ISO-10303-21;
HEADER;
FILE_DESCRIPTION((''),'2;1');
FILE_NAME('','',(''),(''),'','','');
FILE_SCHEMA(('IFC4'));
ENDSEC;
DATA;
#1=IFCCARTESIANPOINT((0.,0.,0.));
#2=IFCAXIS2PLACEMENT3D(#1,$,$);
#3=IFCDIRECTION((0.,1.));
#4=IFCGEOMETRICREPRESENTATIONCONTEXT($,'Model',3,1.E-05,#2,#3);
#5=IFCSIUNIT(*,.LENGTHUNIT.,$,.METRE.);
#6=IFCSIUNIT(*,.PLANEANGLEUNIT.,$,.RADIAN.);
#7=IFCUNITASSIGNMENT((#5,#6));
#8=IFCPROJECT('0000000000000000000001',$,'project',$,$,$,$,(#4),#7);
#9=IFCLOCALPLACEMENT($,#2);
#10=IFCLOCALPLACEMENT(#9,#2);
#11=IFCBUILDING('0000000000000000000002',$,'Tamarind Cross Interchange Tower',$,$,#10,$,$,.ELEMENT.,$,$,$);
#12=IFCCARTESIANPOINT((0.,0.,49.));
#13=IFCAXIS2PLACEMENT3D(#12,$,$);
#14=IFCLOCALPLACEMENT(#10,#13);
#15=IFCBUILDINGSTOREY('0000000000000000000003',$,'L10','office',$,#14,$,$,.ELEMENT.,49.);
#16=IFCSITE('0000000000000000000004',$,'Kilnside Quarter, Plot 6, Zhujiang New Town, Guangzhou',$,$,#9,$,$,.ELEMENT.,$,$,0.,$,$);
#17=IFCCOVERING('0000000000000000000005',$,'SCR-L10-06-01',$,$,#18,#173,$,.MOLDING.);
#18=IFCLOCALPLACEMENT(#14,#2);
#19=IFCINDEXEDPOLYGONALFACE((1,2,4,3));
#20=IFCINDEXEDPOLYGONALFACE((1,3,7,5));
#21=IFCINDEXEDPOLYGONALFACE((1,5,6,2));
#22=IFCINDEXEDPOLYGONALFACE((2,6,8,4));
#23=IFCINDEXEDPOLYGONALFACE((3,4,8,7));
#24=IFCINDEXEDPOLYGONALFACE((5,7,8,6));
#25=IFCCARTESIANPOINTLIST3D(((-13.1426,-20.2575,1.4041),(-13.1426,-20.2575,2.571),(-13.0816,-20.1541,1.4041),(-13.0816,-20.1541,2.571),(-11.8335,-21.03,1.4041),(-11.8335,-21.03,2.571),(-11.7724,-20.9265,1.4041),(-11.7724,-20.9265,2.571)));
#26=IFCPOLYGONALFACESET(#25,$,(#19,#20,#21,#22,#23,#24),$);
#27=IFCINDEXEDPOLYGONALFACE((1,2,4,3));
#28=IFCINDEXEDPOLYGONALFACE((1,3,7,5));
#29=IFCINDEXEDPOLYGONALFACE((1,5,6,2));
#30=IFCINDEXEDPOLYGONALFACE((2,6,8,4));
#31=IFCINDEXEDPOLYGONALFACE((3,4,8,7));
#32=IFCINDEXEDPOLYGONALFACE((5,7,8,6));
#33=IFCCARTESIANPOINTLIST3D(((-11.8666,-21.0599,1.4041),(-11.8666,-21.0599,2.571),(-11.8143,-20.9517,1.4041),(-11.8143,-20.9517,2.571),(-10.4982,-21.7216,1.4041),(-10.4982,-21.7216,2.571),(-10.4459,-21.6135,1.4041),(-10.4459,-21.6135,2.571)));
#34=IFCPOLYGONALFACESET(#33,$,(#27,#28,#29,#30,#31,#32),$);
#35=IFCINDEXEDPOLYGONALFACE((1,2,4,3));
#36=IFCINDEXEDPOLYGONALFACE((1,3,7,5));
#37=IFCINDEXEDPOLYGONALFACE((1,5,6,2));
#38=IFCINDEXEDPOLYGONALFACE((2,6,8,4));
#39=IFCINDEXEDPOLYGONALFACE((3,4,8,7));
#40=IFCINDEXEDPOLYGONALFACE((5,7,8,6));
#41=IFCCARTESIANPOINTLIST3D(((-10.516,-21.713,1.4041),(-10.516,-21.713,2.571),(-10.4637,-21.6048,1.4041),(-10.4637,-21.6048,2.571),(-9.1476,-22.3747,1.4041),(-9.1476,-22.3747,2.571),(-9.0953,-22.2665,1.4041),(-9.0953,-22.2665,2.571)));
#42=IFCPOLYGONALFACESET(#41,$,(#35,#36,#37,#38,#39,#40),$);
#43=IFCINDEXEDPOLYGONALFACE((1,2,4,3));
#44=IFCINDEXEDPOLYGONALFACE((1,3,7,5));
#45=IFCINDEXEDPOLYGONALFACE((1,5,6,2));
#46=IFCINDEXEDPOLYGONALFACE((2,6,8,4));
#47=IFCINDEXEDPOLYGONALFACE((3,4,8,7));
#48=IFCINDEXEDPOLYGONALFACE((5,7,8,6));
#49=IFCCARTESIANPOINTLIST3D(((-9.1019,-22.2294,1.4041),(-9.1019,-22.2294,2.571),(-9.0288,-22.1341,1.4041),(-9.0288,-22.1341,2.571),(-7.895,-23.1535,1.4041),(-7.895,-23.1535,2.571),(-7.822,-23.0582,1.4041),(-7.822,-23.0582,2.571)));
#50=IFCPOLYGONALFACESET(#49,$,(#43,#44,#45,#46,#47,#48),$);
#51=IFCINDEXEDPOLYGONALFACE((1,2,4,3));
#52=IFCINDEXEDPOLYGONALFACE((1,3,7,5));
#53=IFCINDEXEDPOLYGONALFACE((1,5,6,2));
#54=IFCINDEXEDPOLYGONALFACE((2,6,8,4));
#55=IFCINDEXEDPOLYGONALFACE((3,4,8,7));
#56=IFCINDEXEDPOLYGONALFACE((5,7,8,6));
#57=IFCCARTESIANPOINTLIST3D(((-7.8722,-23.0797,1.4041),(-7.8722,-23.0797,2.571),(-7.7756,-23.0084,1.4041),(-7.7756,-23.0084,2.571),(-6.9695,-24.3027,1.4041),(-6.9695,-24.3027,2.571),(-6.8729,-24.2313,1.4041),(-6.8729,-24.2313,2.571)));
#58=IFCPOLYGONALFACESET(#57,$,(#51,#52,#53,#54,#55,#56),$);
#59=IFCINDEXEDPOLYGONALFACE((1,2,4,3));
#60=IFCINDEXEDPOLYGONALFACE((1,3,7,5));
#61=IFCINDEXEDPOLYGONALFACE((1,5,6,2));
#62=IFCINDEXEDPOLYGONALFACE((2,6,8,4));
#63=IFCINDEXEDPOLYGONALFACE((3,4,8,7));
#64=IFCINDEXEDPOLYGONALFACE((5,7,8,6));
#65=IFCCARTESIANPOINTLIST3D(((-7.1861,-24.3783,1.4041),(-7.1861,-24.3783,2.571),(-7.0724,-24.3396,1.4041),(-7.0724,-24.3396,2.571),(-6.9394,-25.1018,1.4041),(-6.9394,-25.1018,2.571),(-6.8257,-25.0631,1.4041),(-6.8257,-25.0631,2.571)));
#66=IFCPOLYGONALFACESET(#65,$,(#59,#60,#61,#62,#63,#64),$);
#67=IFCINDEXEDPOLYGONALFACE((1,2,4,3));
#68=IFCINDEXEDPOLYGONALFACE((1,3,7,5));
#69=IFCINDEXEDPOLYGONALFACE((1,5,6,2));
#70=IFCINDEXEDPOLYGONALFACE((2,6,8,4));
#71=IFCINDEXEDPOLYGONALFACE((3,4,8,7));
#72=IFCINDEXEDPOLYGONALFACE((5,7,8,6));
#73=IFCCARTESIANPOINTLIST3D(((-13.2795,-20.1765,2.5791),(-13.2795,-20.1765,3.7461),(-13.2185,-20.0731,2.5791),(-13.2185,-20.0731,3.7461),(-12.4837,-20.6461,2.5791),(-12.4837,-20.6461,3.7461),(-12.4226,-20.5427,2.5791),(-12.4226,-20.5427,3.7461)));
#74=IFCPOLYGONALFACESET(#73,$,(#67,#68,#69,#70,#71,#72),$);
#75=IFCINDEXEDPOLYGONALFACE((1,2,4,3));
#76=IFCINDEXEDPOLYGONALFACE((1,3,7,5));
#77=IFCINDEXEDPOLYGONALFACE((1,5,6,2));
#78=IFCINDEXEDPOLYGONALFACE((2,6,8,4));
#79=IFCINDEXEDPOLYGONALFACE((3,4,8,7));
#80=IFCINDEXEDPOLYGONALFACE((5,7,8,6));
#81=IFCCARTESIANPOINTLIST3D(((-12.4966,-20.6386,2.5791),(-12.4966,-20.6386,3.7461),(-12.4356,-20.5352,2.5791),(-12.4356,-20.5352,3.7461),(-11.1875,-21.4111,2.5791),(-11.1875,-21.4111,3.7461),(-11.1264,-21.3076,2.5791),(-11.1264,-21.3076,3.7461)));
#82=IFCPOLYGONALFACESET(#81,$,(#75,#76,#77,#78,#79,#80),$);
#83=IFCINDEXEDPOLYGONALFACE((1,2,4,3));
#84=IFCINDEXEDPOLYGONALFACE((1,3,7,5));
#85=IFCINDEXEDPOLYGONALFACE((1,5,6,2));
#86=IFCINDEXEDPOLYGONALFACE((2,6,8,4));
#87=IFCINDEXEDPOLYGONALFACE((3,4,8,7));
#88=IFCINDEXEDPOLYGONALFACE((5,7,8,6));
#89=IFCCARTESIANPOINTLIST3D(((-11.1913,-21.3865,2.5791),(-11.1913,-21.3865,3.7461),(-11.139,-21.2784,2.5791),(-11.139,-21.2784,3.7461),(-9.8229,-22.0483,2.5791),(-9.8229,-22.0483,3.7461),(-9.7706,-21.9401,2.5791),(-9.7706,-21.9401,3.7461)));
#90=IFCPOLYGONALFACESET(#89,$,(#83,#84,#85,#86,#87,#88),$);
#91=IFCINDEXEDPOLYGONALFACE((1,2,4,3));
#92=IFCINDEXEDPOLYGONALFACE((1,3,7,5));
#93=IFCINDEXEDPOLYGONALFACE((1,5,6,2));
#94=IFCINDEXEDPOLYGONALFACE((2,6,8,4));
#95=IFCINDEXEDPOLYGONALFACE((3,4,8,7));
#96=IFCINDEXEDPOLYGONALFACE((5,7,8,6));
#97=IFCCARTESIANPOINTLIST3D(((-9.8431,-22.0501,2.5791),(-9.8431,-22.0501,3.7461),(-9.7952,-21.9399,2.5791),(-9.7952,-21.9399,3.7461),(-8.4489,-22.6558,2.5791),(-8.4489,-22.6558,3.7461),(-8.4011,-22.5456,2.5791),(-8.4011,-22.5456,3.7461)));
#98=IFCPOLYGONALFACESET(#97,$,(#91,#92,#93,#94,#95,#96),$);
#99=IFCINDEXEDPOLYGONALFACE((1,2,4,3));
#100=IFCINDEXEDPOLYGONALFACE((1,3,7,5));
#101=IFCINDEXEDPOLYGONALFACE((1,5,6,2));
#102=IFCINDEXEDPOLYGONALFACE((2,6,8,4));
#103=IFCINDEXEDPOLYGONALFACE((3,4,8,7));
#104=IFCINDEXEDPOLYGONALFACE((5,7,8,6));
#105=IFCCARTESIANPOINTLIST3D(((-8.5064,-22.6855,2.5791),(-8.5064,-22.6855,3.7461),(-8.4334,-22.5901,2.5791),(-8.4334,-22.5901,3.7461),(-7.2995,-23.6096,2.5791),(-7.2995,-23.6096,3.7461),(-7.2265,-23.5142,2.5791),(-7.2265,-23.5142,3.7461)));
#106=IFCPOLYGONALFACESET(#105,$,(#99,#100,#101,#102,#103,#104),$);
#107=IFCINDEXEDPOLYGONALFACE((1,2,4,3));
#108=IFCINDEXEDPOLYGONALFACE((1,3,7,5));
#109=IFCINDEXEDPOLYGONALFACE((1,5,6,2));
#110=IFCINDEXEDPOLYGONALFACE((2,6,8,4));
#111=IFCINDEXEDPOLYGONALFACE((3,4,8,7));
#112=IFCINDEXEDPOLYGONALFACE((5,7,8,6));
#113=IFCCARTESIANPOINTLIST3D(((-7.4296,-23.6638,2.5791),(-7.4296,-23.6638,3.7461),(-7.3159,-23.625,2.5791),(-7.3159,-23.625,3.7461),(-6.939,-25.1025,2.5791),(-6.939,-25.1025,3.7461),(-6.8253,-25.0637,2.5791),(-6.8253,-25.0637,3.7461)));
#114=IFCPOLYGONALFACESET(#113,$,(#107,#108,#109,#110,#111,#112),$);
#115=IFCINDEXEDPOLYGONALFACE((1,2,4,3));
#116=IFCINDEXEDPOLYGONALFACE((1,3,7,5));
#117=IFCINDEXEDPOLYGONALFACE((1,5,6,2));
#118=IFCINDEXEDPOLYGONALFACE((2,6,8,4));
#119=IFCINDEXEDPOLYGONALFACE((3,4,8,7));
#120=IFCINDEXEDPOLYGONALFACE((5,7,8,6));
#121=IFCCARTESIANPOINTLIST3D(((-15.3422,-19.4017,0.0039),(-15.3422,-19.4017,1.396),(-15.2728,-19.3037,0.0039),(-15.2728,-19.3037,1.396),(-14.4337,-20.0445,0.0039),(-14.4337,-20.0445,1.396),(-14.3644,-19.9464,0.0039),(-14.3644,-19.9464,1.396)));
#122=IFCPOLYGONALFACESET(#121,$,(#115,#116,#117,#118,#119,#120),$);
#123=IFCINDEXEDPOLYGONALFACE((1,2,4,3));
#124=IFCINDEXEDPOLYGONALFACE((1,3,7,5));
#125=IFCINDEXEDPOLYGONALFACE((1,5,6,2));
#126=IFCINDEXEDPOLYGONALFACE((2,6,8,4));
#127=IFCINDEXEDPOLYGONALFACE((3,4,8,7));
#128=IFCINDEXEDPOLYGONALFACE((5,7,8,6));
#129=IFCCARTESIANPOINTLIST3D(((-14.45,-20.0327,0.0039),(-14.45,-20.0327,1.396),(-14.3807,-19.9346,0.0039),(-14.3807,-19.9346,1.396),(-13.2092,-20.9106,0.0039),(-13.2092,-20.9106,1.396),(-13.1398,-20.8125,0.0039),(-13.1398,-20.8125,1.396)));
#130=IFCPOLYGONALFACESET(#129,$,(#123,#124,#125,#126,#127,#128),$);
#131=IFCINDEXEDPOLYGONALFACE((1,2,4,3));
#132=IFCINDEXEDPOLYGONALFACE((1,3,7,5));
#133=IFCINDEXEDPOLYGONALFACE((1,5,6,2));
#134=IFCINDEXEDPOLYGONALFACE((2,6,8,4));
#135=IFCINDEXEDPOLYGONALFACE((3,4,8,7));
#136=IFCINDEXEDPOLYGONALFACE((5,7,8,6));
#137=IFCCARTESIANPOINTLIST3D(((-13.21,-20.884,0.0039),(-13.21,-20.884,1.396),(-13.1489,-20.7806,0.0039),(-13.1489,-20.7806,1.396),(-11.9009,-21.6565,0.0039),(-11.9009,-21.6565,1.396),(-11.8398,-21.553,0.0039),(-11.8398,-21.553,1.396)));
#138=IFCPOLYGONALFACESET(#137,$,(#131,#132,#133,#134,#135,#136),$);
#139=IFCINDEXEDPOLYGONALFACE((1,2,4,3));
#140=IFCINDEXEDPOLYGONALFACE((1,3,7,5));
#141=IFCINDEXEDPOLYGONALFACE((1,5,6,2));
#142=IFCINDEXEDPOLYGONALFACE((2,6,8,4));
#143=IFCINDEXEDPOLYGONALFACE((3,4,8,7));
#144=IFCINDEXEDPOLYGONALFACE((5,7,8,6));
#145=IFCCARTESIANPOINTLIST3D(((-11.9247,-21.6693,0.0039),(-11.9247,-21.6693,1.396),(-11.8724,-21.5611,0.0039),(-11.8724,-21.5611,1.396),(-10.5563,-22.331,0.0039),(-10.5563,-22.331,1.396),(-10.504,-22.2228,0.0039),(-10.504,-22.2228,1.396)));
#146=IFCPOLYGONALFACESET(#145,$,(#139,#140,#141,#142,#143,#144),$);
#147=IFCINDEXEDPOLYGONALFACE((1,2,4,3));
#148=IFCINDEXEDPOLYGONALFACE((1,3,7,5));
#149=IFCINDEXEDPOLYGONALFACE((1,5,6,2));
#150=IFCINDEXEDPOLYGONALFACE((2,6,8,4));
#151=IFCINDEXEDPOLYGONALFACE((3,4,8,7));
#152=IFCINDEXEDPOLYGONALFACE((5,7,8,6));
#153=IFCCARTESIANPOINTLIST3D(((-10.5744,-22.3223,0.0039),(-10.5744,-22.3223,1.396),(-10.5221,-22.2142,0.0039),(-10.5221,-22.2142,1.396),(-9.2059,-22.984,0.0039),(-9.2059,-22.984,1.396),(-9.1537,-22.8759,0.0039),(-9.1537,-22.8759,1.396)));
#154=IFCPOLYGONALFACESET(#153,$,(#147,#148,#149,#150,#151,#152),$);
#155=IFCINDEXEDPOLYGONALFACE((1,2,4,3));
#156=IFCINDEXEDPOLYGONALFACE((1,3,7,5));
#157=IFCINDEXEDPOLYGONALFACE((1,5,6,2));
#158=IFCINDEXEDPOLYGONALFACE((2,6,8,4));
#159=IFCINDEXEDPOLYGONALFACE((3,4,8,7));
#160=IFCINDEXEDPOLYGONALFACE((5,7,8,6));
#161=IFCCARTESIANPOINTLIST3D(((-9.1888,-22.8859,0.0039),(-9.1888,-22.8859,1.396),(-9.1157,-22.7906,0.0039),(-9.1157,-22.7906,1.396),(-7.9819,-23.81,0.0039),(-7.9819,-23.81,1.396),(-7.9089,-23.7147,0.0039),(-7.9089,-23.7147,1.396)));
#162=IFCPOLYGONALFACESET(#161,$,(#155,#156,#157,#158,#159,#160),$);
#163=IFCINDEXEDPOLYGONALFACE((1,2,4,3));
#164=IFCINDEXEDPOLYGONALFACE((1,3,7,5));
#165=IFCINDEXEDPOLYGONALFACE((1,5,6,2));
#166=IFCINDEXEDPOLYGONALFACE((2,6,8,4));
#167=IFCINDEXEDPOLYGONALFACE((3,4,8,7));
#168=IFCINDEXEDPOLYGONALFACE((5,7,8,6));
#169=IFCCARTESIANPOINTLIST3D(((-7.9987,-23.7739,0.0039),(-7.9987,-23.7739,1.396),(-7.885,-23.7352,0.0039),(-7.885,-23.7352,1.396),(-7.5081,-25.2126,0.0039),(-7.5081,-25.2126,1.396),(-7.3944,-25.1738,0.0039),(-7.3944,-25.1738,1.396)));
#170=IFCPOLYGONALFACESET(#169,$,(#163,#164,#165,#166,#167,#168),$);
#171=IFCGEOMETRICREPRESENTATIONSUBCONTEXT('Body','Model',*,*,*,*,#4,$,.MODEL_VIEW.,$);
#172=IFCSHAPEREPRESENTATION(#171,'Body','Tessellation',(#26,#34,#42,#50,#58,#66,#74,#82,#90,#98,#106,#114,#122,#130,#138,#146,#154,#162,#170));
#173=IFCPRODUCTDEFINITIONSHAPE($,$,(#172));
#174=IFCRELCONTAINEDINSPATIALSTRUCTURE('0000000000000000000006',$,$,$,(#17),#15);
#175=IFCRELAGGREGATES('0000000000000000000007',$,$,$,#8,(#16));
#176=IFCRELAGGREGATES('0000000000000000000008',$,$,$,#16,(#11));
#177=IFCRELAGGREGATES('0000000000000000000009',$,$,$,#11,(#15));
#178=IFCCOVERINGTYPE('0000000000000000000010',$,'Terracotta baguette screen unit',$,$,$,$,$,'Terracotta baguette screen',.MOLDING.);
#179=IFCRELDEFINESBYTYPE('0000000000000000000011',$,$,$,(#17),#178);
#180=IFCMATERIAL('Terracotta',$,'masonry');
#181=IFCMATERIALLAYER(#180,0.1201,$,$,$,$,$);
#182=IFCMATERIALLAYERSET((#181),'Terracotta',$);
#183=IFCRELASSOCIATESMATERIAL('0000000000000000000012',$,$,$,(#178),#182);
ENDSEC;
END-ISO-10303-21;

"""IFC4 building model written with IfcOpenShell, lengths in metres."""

from ifc_helpers import new_model, si_unit, direction, frame, origin, origin_2d, place, context, subcontext, project, spatial, rectangle, extrude, material, layer, layer_set, type_object, element, save


model = new_model("IFC4")

# Units and contexts
model_context = context("Model", 3, precision=1e-05, world=origin(), true_north=direction((0.0, 1.0)))
body_context = subcontext(model_context, "Body", "Model", "MODEL_VIEW")
ifc_project = project(units=[si_unit("LENGTHUNIT", "METRE"), si_unit("PLANEANGLEUNIT", "RADIAN")], contexts=[model_context])

# Site, building, storey
site_placement = place(None, origin())
site = spatial("IfcSite", under=ifc_project, at=site_placement, Name="Kilnside Quarter, Plot 6, Zhujiang New Town, Guangzhou", CompositionType="ELEMENT", RefElevation=0.0)
building_placement = place(site_placement, origin())
building = spatial("IfcBuilding", under=site, at=building_placement, Name="Tamarind Cross Interchange Tower", CompositionType="ELEMENT")
storey_placement = place(building_placement, frame((0.0, 0.0, 49.0)))
storey = spatial("IfcBuildingStorey", under=building, at=storey_placement, Name="L10", Description="office", CompositionType="ELEMENT", Elevation=49.0)

# Covering
ifc_material_1 = material(Name="Terracotta", Category="masonry")
ifc_layer_1 = layer(ifc_material_1, 0.1201)
ifc_layer_set_1 = layer_set([ifc_layer_1], Name="Terracotta")
covering_type = type_object("IfcCoveringType", Name="Terracotta baguette screen unit", ElementType="Terracotta baguette screen", PredefinedType="MOLDING", material=ifc_layer_set_1)
covering_1_placement = place(storey_placement, origin())
element("IfcCovering", 1, at=covering_1_placement, inside=storey, type_object=covering_type, Name="SCR-L10-06-01", PredefinedType="MOLDING", context=body_context, shape_type="SweptSolid", body=[
    extrude(rectangle(XDim=1.52, YDim=0.1201, at=origin_2d()), frame((-12.4575, -20.592, 1.4041), z_axis=(0.0, 0.0, 1.0), x_axis=(0.861249, -0.508183, 0.0)), (0.0, 0.0, 1.0), 1.167),
    extrude(rectangle(XDim=1.52, YDim=0.1201, at=origin_2d()), frame((-11.1562, -21.3367, 1.4041), z_axis=(0.0, 0.0, 1.0), x_axis=(0.900273, -0.435326, 0.0)), (0.0, 0.0, 1.0), 1.167),
    extrude(rectangle(XDim=1.52, YDim=0.1201, at=origin_2d()), frame((-9.8057, -21.9897, 1.4041), z_axis=(0.0, 0.0, 1.0), x_axis=(0.900273, -0.435326, 0.0)), (0.0, 0.0, 1.0), 1.167),
    extrude(rectangle(XDim=1.52, YDim=0.1201, at=origin_2d()), frame((-8.4619, -22.6438, 1.4041), z_axis=(0.0, 0.0, 1.0), x_axis=(0.793969, -0.607959, 0.0)), (0.0, 0.0, 1.0), 1.167),
    extrude(rectangle(XDim=1.52, YDim=0.1201, at=origin_2d()), frame((-7.3726, -23.6555, 1.4041), z_axis=(0.0, 0.0, 1.0), x_axis=(0.593864, -0.804565, 0.0)), (0.0, 0.0, 1.0), 1.167),
    extrude(rectangle(XDim=0.7644, YDim=0.1201, at=origin_2d()), frame((-7.0059, -24.7207, 1.4041), z_axis=(0.0, 0.0, 1.0), x_axis=(0.322738, -0.946488, 0.0)), (0.0, 0.0, 1.0), 1.167),
    extrude(rectangle(XDim=0.9241, YDim=0.1201, at=origin_2d()), frame((-12.8511, -20.3596, 2.5791), z_axis=(0.0, 0.0, 1.0), x_axis=(0.861249, -0.508183, 0.0)), (0.0, 0.0, 1.0), 1.167),
    extrude(rectangle(XDim=1.52, YDim=0.1201, at=origin_2d()), frame((-11.8115, -20.9731, 2.5791), z_axis=(0.0, 0.0, 1.0), x_axis=(0.861249, -0.508183, 0.0)), (0.0, 0.0, 1.0), 1.167),
    extrude(rectangle(XDim=1.52, YDim=0.1201, at=origin_2d()), frame((-10.481, -21.6633, 2.5791), z_axis=(0.0, 0.0, 1.0), x_axis=(0.900273, -0.435326, 0.0)), (0.0, 0.0, 1.0), 1.167),
    extrude(rectangle(XDim=1.52, YDim=0.1201, at=origin_2d()), frame((-9.1221, -22.2979, 2.5791), z_axis=(0.0, 0.0, 1.0), x_axis=(0.917176, -0.398482, 0.0)), (0.0, 0.0, 1.0), 1.167),
    extrude(rectangle(XDim=1.52, YDim=0.1201, at=origin_2d()), frame((-7.8665, -23.0999, 2.5791), z_axis=(0.0, 0.0, 1.0), x_axis=(0.793969, -0.607959, 0.0)), (0.0, 0.0, 1.0), 1.167),
    extrude(rectangle(XDim=1.52, YDim=0.1201, at=origin_2d()), frame((-7.1274, -24.3638, 2.5791), z_axis=(0.0, 0.0, 1.0), x_axis=(0.322738, -0.946488, 0.0)), (0.0, 0.0, 1.0), 1.167),
    extrude(rectangle(XDim=1.1128, YDim=0.1201, at=origin_2d()), frame((-14.8533, -19.6741, 0.0039), z_axis=(0.0, 0.0, 1.0), x_axis=(0.816342, -0.577569, 0.0)), (0.0, 0.0, 1.0), 1.3921),
    extrude(rectangle(XDim=1.52, YDim=0.1201, at=origin_2d()), frame((-13.7949, -20.4226, 0.0039), z_axis=(0.0, 0.0, 1.0), x_axis=(0.816342, -0.577569, 0.0)), (0.0, 0.0, 1.0), 1.3921),
    extrude(rectangle(XDim=1.52, YDim=0.1201, at=origin_2d()), frame((-12.5249, -21.2185, 0.0039), z_axis=(0.0, 0.0, 1.0), x_axis=(0.861249, -0.508183, 0.0)), (0.0, 0.0, 1.0), 1.3921),
    extrude(rectangle(XDim=1.52, YDim=0.1201, at=origin_2d()), frame((-11.2144, -21.946, 0.0039), z_axis=(0.0, 0.0, 1.0), x_axis=(0.900273, -0.435326, 0.0)), (0.0, 0.0, 1.0), 1.3921),
    extrude(rectangle(XDim=1.52, YDim=0.1201, at=origin_2d()), frame((-9.864, -22.5991, 0.0039), z_axis=(0.0, 0.0, 1.0), x_axis=(0.900273, -0.435326, 0.0)), (0.0, 0.0, 1.0), 1.3921),
    extrude(rectangle(XDim=1.52, YDim=0.1201, at=origin_2d()), frame((-8.5488, -23.3003, 0.0039), z_axis=(0.0, 0.0, 1.0), x_axis=(0.793969, -0.607959, 0.0)), (0.0, 0.0, 1.0), 1.3921),
    extrude(rectangle(XDim=1.52, YDim=0.1201, at=origin_2d()), frame((-7.6965, -24.4739, 0.0039), z_axis=(0.0, 0.0, 1.0), x_axis=(0.322738, -0.946488, 0.0)), (0.0, 0.0, 1.0), 1.3921),
])

save(model, "model.ifc")
